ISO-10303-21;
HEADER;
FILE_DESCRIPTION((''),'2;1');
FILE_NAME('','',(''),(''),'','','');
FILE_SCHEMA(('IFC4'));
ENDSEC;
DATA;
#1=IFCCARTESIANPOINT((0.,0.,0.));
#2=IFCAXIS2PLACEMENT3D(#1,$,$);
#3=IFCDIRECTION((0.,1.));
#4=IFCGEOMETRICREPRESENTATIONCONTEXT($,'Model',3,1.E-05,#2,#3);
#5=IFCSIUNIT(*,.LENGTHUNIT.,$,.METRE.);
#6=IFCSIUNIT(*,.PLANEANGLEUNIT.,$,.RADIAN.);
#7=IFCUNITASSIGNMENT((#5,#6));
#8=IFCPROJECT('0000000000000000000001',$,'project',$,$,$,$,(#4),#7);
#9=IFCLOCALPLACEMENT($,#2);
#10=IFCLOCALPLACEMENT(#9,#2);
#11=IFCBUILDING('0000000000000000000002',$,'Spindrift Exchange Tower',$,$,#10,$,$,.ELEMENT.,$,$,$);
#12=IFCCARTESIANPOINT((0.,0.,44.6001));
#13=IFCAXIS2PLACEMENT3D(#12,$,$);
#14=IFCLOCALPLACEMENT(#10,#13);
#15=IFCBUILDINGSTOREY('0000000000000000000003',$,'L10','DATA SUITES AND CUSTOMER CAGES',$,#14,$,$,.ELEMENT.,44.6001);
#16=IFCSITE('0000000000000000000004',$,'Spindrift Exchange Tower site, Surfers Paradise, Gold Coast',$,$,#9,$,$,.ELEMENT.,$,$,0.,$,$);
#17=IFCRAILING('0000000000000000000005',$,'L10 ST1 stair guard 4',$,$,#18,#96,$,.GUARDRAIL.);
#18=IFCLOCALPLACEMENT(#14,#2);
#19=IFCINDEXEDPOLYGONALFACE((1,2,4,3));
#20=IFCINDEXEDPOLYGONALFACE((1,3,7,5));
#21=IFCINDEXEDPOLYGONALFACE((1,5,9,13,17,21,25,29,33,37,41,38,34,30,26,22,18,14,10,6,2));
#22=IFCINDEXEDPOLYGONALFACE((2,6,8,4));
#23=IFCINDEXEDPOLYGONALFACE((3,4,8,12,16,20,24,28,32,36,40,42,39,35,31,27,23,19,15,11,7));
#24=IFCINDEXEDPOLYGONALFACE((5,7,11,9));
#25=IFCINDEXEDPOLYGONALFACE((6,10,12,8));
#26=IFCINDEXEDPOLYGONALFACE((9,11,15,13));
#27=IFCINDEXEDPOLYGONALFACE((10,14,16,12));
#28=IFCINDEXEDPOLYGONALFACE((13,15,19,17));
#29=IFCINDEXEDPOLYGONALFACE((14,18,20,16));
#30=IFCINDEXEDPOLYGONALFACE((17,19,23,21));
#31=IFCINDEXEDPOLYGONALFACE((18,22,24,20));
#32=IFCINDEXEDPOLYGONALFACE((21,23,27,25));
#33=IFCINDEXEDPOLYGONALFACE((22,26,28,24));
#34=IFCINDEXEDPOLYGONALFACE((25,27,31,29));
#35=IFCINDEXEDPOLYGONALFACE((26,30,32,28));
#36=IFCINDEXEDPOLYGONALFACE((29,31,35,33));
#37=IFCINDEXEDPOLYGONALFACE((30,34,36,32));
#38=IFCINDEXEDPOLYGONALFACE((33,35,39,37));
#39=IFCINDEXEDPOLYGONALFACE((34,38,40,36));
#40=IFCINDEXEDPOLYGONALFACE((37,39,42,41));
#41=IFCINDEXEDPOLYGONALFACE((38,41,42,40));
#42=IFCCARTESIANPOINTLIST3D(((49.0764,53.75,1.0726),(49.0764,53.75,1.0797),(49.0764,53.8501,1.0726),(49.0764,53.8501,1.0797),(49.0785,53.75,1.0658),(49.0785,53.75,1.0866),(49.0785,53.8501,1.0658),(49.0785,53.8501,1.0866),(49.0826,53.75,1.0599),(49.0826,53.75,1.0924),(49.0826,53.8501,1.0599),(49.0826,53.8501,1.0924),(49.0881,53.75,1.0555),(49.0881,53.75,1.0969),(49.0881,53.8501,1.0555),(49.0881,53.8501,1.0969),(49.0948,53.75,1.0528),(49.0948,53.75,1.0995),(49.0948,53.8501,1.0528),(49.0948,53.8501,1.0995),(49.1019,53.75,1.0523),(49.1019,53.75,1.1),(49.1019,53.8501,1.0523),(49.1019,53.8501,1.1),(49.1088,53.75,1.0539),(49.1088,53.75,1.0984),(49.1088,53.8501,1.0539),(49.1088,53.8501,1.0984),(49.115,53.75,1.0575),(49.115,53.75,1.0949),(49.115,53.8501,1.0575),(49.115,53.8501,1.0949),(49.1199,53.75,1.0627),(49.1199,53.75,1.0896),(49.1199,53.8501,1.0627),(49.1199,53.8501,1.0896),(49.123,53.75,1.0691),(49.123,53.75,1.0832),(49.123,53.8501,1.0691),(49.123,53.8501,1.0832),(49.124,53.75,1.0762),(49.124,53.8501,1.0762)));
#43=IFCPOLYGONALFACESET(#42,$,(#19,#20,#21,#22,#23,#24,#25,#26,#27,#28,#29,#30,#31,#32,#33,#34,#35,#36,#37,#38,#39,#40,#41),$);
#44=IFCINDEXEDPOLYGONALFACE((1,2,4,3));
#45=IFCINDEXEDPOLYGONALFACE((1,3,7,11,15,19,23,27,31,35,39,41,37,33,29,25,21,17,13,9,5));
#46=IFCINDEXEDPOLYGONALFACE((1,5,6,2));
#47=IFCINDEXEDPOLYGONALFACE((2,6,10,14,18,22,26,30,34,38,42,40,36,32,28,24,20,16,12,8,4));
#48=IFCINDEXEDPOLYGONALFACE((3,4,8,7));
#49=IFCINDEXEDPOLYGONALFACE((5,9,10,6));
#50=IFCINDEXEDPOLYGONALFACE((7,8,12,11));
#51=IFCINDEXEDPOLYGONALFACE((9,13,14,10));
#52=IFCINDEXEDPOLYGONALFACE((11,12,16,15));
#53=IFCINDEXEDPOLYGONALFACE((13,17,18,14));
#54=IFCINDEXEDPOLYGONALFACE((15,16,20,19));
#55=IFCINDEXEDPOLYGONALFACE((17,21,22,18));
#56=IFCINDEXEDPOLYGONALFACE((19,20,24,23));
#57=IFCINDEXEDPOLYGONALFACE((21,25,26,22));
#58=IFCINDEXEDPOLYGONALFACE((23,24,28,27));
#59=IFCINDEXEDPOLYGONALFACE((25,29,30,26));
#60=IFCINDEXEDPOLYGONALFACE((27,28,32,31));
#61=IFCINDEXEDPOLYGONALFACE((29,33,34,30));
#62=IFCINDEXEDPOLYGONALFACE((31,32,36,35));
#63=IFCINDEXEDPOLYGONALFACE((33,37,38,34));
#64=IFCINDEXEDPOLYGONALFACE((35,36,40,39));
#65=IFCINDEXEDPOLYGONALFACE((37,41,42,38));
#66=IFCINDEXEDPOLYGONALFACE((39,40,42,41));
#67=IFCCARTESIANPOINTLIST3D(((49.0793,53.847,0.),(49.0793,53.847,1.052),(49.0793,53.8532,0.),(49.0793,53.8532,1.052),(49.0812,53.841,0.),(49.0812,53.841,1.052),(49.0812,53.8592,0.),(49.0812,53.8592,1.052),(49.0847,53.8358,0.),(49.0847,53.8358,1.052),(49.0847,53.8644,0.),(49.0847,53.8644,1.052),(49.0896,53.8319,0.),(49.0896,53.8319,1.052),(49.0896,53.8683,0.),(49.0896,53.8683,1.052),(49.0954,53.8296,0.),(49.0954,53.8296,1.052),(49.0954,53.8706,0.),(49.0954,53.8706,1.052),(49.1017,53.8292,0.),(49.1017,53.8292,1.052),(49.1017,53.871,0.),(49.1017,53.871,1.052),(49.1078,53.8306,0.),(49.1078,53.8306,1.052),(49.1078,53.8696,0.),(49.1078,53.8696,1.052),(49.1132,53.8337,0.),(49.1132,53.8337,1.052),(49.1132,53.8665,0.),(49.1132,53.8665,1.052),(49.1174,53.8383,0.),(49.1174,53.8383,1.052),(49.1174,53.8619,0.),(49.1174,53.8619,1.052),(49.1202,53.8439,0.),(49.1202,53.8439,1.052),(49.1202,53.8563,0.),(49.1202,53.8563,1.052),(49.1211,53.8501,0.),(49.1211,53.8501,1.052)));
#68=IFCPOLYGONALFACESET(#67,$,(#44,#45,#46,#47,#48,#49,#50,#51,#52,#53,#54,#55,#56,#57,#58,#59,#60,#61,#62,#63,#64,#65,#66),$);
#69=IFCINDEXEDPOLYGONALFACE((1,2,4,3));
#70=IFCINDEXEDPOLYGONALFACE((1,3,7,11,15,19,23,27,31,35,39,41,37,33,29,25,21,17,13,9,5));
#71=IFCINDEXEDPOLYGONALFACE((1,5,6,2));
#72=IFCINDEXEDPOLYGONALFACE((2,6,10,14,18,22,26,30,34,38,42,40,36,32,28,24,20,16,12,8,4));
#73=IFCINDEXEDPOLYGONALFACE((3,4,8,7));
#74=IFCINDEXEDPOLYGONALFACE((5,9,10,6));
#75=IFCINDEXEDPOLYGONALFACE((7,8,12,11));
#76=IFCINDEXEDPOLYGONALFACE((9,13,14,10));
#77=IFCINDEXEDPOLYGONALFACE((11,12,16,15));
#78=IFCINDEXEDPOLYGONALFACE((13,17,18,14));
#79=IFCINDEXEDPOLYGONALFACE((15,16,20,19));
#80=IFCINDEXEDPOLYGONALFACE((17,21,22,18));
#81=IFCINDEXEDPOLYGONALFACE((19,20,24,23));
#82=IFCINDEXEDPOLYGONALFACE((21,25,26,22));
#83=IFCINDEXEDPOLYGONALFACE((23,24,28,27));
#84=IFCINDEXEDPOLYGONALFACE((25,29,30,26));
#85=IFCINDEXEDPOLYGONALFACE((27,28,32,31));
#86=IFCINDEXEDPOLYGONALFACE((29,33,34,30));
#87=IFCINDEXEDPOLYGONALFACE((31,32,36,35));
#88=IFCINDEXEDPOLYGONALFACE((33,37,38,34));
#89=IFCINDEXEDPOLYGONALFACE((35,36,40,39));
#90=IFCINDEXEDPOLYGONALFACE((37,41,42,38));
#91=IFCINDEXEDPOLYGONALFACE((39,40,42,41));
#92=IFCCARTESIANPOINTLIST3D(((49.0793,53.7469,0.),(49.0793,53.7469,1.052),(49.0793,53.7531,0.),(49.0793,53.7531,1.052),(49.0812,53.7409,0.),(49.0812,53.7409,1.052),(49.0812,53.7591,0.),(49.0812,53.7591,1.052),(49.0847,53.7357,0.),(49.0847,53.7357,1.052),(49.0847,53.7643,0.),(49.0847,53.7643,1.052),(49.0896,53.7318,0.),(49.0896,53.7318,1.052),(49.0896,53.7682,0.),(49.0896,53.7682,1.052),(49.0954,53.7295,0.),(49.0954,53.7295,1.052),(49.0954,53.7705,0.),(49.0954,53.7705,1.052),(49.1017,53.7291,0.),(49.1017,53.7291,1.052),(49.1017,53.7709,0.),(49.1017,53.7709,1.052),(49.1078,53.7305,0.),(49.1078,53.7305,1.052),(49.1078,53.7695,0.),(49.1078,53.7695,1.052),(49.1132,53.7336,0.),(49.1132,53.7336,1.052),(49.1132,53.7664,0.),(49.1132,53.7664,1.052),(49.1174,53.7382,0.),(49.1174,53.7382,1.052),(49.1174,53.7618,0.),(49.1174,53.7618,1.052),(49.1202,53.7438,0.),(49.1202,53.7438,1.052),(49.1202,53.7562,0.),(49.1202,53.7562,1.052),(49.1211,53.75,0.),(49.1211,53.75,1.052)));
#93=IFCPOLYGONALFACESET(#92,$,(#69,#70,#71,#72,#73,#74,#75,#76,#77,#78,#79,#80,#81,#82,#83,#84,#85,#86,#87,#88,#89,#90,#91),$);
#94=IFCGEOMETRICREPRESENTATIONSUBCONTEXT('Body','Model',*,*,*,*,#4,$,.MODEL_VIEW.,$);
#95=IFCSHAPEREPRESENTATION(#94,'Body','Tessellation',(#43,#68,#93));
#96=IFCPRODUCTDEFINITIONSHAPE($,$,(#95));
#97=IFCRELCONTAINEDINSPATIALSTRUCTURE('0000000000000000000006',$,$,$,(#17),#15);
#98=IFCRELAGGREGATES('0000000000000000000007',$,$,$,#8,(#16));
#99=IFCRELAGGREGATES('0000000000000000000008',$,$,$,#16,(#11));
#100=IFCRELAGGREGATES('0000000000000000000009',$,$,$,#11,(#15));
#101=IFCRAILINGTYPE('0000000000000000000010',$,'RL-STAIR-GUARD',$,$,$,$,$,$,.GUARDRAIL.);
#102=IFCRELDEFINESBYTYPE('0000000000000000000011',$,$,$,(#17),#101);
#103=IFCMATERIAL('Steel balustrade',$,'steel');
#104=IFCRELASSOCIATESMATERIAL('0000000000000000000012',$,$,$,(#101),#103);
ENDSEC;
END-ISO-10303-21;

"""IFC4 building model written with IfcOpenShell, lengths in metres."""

from ifc_helpers import new_model, si_unit, direction, frame, origin, origin_2d, place, context, subcontext, project, spatial, circle, extrude, material, type_object, element, save


model = new_model("IFC4")

# Units and contexts
model_context = context("Model", 3, precision=1e-05, world=origin(), true_north=direction((0.0, 1.0)))
body_context = subcontext(model_context, "Body", "Model", "MODEL_VIEW")
ifc_project = project(units=[si_unit("LENGTHUNIT", "METRE"), si_unit("PLANEANGLEUNIT", "RADIAN")], contexts=[model_context])

# Site, building, storey
site_placement = place(None, origin())
site = spatial("IfcSite", under=ifc_project, at=site_placement, Name="Spindrift Exchange Tower site, Surfers Paradise, Gold Coast", CompositionType="ELEMENT", RefElevation=0.0)
building_placement = place(site_placement, origin())
building = spatial("IfcBuilding", under=site, at=building_placement, Name="Spindrift Exchange Tower", CompositionType="ELEMENT")
storey_placement = place(building_placement, frame((0.0, 0.0, 44.6001)))
storey = spatial("IfcBuildingStorey", under=building, at=storey_placement, Name="L10", Description="DATA SUITES AND CUSTOMER CAGES", CompositionType="ELEMENT", Elevation=44.6001)

# Railing
ifc_material_1 = material(Name="Steel balustrade", Category="steel")
railing_type_1 = type_object("IfcRailingType", Name="RL-STAIR-GUARD", PredefinedType="GUARDRAIL", material=ifc_material_1)
railing_1_placement = place(storey_placement, frame((49.1001, 53.8501, 0.0)))
element("IfcRailing", 1, at=railing_1_placement, inside=storey, type_object=railing_type_1, Name="L10 ST1 stair guard 4", PredefinedType="GUARDRAIL", context=body_context, shape_type="SweptSolid", body=[
    extrude(circle(Radius=0.0239, at=origin_2d()), frame((0.0, 0.0, 1.0762), z_axis=(0.0, -1.0, 0.0), x_axis=(1.0, 0.0, 0.0)), (0.0, 0.0, 1.0), 0.1001),
    extrude(circle(Radius=0.021, at=origin_2d()), origin(), (0.0, 0.0, 1.0), 1.052),
    extrude(circle(Radius=0.021, at=origin_2d()), frame((0.0, -0.1001, 0.0)), (0.0, 0.0, 1.0), 1.052),
])

save(model, "model.ifc")
